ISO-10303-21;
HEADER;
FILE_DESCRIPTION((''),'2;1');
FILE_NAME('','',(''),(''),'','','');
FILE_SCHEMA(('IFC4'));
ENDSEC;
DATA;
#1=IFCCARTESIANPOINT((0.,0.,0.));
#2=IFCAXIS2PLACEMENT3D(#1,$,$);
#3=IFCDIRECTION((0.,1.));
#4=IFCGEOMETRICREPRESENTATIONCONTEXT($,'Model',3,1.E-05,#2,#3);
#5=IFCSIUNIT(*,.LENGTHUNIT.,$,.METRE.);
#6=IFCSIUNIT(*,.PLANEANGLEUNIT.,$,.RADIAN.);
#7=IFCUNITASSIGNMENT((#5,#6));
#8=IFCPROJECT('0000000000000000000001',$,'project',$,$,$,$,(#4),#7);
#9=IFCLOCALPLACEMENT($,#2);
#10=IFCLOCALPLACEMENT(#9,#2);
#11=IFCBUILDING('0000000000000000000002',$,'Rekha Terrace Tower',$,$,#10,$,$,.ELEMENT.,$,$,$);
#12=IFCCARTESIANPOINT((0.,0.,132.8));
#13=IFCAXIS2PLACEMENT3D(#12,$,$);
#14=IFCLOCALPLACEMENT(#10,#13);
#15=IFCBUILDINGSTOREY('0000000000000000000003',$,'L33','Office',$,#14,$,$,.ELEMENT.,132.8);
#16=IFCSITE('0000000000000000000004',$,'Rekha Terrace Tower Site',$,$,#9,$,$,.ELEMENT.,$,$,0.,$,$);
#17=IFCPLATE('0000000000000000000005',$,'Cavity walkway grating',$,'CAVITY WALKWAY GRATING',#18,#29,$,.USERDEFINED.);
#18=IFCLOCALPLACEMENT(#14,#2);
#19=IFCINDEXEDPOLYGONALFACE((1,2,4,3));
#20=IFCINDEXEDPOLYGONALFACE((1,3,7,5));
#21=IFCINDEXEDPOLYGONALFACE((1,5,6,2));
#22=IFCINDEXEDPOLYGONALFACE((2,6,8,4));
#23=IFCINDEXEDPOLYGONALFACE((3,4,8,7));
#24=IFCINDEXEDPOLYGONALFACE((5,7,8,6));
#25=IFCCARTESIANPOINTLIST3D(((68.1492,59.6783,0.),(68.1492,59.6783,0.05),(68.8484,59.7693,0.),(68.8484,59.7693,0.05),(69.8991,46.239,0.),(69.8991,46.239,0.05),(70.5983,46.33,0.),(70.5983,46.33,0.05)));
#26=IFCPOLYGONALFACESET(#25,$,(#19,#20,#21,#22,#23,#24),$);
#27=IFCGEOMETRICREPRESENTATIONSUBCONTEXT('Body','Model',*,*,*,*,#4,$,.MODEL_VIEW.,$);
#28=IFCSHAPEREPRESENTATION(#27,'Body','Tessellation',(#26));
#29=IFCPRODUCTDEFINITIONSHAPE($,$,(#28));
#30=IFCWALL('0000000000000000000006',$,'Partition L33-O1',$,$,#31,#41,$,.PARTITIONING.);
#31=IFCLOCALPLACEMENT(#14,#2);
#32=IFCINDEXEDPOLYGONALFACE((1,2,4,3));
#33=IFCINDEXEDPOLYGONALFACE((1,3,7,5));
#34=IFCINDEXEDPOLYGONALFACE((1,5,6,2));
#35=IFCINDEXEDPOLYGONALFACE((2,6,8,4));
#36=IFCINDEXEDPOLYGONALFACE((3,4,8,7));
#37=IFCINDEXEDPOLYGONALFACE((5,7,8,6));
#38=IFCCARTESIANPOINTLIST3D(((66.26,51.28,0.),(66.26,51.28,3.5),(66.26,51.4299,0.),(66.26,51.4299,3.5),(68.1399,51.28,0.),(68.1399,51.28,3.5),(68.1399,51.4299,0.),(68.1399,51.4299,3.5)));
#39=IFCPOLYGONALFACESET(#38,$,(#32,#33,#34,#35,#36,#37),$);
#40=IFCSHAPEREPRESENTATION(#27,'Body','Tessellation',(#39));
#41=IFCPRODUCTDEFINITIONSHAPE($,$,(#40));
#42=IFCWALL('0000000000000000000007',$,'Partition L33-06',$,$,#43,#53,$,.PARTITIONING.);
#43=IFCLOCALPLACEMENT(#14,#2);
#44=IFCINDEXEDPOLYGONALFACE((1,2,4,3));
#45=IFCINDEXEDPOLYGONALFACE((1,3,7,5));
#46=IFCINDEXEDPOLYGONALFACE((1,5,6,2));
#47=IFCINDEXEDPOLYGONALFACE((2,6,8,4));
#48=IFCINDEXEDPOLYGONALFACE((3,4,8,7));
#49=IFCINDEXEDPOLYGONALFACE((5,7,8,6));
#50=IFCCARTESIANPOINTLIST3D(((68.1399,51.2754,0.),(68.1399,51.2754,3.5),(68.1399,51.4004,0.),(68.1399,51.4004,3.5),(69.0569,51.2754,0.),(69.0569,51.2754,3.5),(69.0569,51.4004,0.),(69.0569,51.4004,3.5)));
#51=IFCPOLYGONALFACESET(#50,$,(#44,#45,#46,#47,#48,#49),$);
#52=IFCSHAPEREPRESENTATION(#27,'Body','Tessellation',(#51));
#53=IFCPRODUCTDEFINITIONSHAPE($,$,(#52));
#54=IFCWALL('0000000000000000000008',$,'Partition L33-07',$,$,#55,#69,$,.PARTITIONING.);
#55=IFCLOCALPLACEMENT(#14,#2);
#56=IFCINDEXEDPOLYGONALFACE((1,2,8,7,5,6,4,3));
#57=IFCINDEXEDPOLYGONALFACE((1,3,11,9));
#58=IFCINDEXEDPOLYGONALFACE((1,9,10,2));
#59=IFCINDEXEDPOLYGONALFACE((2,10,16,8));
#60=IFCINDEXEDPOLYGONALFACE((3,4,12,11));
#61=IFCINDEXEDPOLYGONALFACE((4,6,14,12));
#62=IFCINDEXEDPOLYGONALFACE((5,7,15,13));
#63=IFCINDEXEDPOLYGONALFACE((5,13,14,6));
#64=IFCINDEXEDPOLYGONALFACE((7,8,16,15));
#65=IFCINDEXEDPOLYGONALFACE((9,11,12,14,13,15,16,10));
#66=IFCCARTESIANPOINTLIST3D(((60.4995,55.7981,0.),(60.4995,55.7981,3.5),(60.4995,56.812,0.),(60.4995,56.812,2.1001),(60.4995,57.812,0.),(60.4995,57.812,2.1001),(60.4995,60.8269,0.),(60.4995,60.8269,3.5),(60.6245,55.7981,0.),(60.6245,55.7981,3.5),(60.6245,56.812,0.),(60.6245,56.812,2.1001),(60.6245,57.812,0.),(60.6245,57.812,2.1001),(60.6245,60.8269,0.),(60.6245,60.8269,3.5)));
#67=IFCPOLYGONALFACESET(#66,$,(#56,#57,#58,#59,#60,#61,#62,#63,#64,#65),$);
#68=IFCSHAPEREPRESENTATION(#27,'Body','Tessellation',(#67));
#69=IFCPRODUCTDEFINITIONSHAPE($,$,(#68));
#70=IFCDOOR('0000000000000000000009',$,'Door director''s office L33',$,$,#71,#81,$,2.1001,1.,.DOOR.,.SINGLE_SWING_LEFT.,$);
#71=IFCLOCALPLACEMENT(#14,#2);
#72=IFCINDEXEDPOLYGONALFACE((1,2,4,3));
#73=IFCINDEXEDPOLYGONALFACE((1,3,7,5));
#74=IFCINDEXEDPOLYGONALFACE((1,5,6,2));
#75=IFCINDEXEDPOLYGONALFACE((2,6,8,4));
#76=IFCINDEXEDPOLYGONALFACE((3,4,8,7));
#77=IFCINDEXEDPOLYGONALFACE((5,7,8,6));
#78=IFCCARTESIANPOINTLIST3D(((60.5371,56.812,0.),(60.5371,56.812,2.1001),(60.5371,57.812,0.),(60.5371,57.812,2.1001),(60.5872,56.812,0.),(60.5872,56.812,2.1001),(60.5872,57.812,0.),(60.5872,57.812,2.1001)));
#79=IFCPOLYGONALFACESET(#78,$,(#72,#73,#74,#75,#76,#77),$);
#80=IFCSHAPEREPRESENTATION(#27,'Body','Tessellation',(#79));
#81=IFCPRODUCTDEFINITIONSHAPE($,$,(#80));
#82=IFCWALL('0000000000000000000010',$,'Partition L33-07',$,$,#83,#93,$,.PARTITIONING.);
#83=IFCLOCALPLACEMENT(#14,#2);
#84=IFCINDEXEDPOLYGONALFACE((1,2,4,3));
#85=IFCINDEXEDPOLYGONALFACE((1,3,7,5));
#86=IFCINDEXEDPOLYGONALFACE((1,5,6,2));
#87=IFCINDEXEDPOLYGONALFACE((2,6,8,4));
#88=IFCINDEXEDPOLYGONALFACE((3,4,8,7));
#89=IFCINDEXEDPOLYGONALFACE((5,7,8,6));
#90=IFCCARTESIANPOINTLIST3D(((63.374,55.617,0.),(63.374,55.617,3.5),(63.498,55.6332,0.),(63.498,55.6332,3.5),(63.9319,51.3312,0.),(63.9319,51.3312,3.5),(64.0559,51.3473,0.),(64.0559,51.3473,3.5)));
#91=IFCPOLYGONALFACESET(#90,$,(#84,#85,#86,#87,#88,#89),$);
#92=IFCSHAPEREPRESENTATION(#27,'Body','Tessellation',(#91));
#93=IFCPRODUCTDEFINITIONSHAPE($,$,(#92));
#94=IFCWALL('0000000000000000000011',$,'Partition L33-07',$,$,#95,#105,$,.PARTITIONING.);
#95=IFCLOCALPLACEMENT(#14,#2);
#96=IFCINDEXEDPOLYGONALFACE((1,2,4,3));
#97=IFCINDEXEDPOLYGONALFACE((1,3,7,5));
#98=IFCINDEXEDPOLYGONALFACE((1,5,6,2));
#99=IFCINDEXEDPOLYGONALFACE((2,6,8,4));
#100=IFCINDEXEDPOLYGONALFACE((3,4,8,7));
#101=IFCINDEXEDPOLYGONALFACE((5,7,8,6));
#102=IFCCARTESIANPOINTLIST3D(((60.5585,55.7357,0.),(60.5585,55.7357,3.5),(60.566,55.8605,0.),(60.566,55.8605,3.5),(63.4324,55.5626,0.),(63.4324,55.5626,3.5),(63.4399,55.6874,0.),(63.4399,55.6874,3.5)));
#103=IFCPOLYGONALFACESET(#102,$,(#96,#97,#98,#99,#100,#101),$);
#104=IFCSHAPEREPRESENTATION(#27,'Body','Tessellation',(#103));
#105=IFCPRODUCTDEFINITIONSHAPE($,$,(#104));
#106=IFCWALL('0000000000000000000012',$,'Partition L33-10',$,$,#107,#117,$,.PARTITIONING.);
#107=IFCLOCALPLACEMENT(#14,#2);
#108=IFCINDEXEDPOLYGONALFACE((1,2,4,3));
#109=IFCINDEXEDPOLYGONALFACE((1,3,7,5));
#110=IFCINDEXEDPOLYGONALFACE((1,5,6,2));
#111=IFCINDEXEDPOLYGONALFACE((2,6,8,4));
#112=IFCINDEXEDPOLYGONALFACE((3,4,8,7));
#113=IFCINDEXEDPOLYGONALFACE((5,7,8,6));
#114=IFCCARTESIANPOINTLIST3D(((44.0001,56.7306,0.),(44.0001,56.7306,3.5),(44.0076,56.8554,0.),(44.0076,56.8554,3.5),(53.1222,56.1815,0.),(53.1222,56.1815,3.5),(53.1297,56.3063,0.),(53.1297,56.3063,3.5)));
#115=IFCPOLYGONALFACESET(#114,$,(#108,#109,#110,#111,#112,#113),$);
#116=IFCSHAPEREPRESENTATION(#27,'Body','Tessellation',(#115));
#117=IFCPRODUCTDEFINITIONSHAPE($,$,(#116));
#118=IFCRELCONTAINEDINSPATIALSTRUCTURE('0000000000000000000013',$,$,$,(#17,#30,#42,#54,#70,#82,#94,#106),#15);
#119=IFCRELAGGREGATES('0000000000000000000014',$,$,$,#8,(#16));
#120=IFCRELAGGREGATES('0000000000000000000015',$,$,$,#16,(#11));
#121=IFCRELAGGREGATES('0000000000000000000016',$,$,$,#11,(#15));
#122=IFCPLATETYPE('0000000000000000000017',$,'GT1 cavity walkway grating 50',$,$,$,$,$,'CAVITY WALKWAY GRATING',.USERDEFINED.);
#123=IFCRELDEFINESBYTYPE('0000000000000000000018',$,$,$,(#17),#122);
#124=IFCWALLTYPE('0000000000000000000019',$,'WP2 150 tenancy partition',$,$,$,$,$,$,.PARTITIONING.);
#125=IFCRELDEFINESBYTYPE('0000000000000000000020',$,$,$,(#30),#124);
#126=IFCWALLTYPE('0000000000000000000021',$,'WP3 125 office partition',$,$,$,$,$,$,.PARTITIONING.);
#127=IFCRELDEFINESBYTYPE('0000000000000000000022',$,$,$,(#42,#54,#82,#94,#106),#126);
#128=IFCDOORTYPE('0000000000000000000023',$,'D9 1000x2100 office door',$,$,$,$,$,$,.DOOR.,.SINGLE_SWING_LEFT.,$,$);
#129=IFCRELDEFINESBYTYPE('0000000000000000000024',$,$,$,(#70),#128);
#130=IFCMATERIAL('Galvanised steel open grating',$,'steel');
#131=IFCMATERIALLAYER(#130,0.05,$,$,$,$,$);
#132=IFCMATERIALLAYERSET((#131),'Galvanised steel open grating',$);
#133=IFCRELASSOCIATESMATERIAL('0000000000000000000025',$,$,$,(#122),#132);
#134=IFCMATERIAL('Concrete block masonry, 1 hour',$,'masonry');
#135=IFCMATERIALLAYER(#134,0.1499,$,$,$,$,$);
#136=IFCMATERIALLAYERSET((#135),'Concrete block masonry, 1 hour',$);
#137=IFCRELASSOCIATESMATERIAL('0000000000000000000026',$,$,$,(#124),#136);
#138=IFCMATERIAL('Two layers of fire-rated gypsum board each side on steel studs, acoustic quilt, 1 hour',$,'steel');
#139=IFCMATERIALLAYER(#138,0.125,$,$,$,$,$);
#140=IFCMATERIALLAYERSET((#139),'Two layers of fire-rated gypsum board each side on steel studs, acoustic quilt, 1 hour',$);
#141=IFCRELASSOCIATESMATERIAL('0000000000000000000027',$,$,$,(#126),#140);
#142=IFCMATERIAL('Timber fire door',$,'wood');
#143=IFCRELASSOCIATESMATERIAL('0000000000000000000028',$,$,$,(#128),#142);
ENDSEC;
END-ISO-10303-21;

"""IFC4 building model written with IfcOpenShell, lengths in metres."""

from ifc_helpers import new_model, si_unit, direction, frame, frame_2d, origin, origin_2d, place, context, subcontext, project, spatial, rectangle, extrude, material, layer, layer_set, type_object, element, fill, save


model = new_model("IFC4")

# Units and contexts
model_context = context("Model", 3, precision=1e-05, world=origin(), true_north=direction((0.0, 1.0)))
body_context = subcontext(model_context, "Body", "Model", "MODEL_VIEW")
ifc_project = project(units=[si_unit("LENGTHUNIT", "METRE"), si_unit("PLANEANGLEUNIT", "RADIAN")], contexts=[model_context])

# Site, building, storey
site_placement = place(None, origin())
site = spatial("IfcSite", under=ifc_project, at=site_placement, Name="Rekha Terrace Tower Site", CompositionType="ELEMENT", RefElevation=0.0)
building_placement = place(site_placement, origin())
building = spatial("IfcBuilding", under=site, at=building_placement, Name="Rekha Terrace Tower", CompositionType="ELEMENT")
storey_placement = place(building_placement, frame((0.0, 0.0, 132.8)))
storey = spatial("IfcBuildingStorey", under=building, at=storey_placement, Name="L33", Description="Office", CompositionType="ELEMENT", Elevation=132.8)

# Plate
ifc_material_1 = material(Name="Galvanised steel open grating", Category="steel")
ifc_layer_1 = layer(ifc_material_1, 0.05)
ifc_layer_set_1 = layer_set([ifc_layer_1], Name="Galvanised steel open grating")
plate_type_1 = type_object("IfcPlateType", Name="GT1 cavity walkway grating 50", ElementType="CAVITY WALKWAY GRATING", PredefinedType="USERDEFINED", material=ifc_layer_set_1)
plate_1_placement = place(storey_placement, frame((69.3738, 53.0042, 0.0), z_axis=(0.0, 0.0, 1.0), x_axis=(-0.129118, 0.991629, 0.0)))
element("IfcPlate", 1, at=plate_1_placement, inside=storey, type_object=plate_type_1, Name="Cavity walkway grating", ObjectType="CAVITY WALKWAY GRATING", PredefinedType="USERDEFINED", context=body_context, shape_type="SweptSolid", body=[
    extrude(rectangle(XDim=13.5527, YDim=0.7051, at=origin_2d()), origin(), (0.0, 0.0, 1.0), 0.05),
])

# Walls
ifc_material_2 = material(Name="Concrete block masonry, 1 hour", Category="masonry")
ifc_layer_2 = layer(ifc_material_2, 0.1499)
ifc_layer_set_2 = layer_set([ifc_layer_2], Name="Concrete block masonry, 1 hour")
wall_type_1 = type_object("IfcWallType", Name="WP2 150 tenancy partition", PredefinedType="PARTITIONING", material=ifc_layer_set_2)
wall_1_placement = place(storey_placement, frame((66.26, 51.355, 0.0), z_axis=(0.0, 0.0, 1.0), x_axis=(1.0, 0.0, 0.0)))
element("IfcWall", 2, at=wall_1_placement, inside=storey, type_object=wall_type_1, Name="Partition L33-O1", PredefinedType="PARTITIONING", context=body_context, shape_type="SweptSolid", body=[
    extrude(rectangle(XDim=1.8799, YDim=0.1499, at=frame_2d((0.9399, 0.0))), origin(), (0.0, 0.0, 1.0), 3.5),
])
ifc_material_3 = material(Name="Two layers of fire-rated gypsum board each side on steel studs, acoustic quilt, 1 hour", Category="steel")
ifc_layer_3 = layer(ifc_material_3, 0.125)
ifc_layer_set_3 = layer_set([ifc_layer_3], Name="Two layers of fire-rated gypsum board each side on steel studs, acoustic quilt, 1 hour")
wall_type_2 = type_object("IfcWallType", Name="WP3 125 office partition", PredefinedType="PARTITIONING", material=ifc_layer_set_3)
wall_2_placement = place(storey_placement, frame((68.1399, 51.3379, 0.0), z_axis=(0.0, 0.0, 1.0), x_axis=(1.0, 0.0, 0.0)))
element("IfcWall", 3, at=wall_2_placement, inside=storey, type_object=wall_type_2, Name="Partition L33-06", PredefinedType="PARTITIONING", context=body_context, shape_type="SweptSolid", body=[
    extrude(rectangle(XDim=0.917, YDim=0.125, at=frame_2d((0.4585, 0.0))), origin(), (0.0, 0.0, 1.0), 3.5),
])

# Wall, opening, door
wall_3_placement = place(storey_placement, frame((60.562, 55.7981, 0.0), z_axis=(0.0, 0.0, 1.0), x_axis=(0.0, 1.0, 0.0)))
wall_3 = element("IfcWall", 4, at=wall_3_placement, inside=storey, type_object=wall_type_2, Name="Partition L33-07", PredefinedType="PARTITIONING", context=body_context, shape_type="SweptSolid", body=[
    extrude(rectangle(XDim=5.0288, YDim=0.125, at=frame_2d((2.5144, 0.0))), origin(), (0.0, 0.0, 1.0), 3.5),
])
opening_placement = place(wall_3_placement, frame((1.0139, 0.0, 0.0)))
opening = element("IfcOpeningElement", 5, at=opening_placement, cuts=wall_3, PredefinedType="OPENING", context=body_context, shape_type="SweptSolid", body=[
    extrude(rectangle(XDim=1.0, YDim=2.1001, at=frame_2d((0.5, 1.05))), frame((0.0, 0.0725, 0.0), z_axis=(0.0, -1.0, 0.0), x_axis=(1.0, 0.0, 0.0)), (0.0, 0.0, 1.0), 0.145),
])
ifc_material_4 = material(Name="Timber fire door", Category="wood")
door_type = type_object("IfcDoorType", Name="D9 1000x2100 office door", OperationType="SINGLE_SWING_LEFT", PredefinedType="DOOR", material=ifc_material_4)
door_placement = place(opening_placement, origin())
door = element("IfcDoor", 6, at=door_placement, inside=storey, type_object=door_type, Name="Door director's office L33", OperationType="SINGLE_SWING_LEFT", OverallHeight=2.1001, OverallWidth=1.0, PredefinedType="DOOR", context=body_context, shape_type="SweptSolid", body=[
    extrude(rectangle(XDim=1.0, YDim=2.1001, at=frame_2d((0.5, 1.05))), frame((0.0, 0.0249, 0.0), z_axis=(0.0, -1.0, 0.0), x_axis=(1.0, 0.0, 0.0)), (0.0, 0.0, 1.0), 0.05),
])
fill(opening, door)

# Walls
wall_4_placement = place(storey_placement, frame((63.9939, 51.3391, 0.0), z_axis=(0.0, 0.0, 1.0), x_axis=(-0.129074, 0.991635, 0.0)))
element("IfcWall", 7, at=wall_4_placement, inside=storey, type_object=wall_type_2, Name="Partition L33-07", PredefinedType="PARTITIONING", context=body_context, shape_type="SweptSolid", body=[
    extrude(rectangle(XDim=4.322, YDim=0.125, at=frame_2d((2.1611, 0.0))), origin(), (0.0, 0.0, 1.0), 3.5),
])
wall_5_placement = place(storey_placement, frame((63.436, 55.625, 0.0), z_axis=(0.0, 0.0, 1.0), x_axis=(-0.998191, 0.060119, 0.0)))
element("IfcWall", 8, at=wall_5_placement, inside=storey, type_object=wall_type_2, Name="Partition L33-07", PredefinedType="PARTITIONING", context=body_context, shape_type="SweptSolid", body=[
    extrude(rectangle(XDim=2.8792, YDim=0.125, at=frame_2d((1.4395, 0.0))), origin(), (0.0, 0.0, 1.0), 3.5),
])
wall_6_placement = place(storey_placement, frame((53.126, 56.2439, 0.0), z_axis=(0.0, 0.0, 1.0), x_axis=(-0.998193, 0.060083, 0.0)))
element("IfcWall", 9, at=wall_6_placement, inside=storey, type_object=wall_type_2, Name="Partition L33-10", PredefinedType="PARTITIONING", context=body_context, shape_type="SweptSolid", body=[
    extrude(rectangle(XDim=9.1387, YDim=0.125, at=frame_2d((4.5693, 0.0))), origin(), (0.0, 0.0, 1.0), 3.5),
])

save(model, "model.ifc")
